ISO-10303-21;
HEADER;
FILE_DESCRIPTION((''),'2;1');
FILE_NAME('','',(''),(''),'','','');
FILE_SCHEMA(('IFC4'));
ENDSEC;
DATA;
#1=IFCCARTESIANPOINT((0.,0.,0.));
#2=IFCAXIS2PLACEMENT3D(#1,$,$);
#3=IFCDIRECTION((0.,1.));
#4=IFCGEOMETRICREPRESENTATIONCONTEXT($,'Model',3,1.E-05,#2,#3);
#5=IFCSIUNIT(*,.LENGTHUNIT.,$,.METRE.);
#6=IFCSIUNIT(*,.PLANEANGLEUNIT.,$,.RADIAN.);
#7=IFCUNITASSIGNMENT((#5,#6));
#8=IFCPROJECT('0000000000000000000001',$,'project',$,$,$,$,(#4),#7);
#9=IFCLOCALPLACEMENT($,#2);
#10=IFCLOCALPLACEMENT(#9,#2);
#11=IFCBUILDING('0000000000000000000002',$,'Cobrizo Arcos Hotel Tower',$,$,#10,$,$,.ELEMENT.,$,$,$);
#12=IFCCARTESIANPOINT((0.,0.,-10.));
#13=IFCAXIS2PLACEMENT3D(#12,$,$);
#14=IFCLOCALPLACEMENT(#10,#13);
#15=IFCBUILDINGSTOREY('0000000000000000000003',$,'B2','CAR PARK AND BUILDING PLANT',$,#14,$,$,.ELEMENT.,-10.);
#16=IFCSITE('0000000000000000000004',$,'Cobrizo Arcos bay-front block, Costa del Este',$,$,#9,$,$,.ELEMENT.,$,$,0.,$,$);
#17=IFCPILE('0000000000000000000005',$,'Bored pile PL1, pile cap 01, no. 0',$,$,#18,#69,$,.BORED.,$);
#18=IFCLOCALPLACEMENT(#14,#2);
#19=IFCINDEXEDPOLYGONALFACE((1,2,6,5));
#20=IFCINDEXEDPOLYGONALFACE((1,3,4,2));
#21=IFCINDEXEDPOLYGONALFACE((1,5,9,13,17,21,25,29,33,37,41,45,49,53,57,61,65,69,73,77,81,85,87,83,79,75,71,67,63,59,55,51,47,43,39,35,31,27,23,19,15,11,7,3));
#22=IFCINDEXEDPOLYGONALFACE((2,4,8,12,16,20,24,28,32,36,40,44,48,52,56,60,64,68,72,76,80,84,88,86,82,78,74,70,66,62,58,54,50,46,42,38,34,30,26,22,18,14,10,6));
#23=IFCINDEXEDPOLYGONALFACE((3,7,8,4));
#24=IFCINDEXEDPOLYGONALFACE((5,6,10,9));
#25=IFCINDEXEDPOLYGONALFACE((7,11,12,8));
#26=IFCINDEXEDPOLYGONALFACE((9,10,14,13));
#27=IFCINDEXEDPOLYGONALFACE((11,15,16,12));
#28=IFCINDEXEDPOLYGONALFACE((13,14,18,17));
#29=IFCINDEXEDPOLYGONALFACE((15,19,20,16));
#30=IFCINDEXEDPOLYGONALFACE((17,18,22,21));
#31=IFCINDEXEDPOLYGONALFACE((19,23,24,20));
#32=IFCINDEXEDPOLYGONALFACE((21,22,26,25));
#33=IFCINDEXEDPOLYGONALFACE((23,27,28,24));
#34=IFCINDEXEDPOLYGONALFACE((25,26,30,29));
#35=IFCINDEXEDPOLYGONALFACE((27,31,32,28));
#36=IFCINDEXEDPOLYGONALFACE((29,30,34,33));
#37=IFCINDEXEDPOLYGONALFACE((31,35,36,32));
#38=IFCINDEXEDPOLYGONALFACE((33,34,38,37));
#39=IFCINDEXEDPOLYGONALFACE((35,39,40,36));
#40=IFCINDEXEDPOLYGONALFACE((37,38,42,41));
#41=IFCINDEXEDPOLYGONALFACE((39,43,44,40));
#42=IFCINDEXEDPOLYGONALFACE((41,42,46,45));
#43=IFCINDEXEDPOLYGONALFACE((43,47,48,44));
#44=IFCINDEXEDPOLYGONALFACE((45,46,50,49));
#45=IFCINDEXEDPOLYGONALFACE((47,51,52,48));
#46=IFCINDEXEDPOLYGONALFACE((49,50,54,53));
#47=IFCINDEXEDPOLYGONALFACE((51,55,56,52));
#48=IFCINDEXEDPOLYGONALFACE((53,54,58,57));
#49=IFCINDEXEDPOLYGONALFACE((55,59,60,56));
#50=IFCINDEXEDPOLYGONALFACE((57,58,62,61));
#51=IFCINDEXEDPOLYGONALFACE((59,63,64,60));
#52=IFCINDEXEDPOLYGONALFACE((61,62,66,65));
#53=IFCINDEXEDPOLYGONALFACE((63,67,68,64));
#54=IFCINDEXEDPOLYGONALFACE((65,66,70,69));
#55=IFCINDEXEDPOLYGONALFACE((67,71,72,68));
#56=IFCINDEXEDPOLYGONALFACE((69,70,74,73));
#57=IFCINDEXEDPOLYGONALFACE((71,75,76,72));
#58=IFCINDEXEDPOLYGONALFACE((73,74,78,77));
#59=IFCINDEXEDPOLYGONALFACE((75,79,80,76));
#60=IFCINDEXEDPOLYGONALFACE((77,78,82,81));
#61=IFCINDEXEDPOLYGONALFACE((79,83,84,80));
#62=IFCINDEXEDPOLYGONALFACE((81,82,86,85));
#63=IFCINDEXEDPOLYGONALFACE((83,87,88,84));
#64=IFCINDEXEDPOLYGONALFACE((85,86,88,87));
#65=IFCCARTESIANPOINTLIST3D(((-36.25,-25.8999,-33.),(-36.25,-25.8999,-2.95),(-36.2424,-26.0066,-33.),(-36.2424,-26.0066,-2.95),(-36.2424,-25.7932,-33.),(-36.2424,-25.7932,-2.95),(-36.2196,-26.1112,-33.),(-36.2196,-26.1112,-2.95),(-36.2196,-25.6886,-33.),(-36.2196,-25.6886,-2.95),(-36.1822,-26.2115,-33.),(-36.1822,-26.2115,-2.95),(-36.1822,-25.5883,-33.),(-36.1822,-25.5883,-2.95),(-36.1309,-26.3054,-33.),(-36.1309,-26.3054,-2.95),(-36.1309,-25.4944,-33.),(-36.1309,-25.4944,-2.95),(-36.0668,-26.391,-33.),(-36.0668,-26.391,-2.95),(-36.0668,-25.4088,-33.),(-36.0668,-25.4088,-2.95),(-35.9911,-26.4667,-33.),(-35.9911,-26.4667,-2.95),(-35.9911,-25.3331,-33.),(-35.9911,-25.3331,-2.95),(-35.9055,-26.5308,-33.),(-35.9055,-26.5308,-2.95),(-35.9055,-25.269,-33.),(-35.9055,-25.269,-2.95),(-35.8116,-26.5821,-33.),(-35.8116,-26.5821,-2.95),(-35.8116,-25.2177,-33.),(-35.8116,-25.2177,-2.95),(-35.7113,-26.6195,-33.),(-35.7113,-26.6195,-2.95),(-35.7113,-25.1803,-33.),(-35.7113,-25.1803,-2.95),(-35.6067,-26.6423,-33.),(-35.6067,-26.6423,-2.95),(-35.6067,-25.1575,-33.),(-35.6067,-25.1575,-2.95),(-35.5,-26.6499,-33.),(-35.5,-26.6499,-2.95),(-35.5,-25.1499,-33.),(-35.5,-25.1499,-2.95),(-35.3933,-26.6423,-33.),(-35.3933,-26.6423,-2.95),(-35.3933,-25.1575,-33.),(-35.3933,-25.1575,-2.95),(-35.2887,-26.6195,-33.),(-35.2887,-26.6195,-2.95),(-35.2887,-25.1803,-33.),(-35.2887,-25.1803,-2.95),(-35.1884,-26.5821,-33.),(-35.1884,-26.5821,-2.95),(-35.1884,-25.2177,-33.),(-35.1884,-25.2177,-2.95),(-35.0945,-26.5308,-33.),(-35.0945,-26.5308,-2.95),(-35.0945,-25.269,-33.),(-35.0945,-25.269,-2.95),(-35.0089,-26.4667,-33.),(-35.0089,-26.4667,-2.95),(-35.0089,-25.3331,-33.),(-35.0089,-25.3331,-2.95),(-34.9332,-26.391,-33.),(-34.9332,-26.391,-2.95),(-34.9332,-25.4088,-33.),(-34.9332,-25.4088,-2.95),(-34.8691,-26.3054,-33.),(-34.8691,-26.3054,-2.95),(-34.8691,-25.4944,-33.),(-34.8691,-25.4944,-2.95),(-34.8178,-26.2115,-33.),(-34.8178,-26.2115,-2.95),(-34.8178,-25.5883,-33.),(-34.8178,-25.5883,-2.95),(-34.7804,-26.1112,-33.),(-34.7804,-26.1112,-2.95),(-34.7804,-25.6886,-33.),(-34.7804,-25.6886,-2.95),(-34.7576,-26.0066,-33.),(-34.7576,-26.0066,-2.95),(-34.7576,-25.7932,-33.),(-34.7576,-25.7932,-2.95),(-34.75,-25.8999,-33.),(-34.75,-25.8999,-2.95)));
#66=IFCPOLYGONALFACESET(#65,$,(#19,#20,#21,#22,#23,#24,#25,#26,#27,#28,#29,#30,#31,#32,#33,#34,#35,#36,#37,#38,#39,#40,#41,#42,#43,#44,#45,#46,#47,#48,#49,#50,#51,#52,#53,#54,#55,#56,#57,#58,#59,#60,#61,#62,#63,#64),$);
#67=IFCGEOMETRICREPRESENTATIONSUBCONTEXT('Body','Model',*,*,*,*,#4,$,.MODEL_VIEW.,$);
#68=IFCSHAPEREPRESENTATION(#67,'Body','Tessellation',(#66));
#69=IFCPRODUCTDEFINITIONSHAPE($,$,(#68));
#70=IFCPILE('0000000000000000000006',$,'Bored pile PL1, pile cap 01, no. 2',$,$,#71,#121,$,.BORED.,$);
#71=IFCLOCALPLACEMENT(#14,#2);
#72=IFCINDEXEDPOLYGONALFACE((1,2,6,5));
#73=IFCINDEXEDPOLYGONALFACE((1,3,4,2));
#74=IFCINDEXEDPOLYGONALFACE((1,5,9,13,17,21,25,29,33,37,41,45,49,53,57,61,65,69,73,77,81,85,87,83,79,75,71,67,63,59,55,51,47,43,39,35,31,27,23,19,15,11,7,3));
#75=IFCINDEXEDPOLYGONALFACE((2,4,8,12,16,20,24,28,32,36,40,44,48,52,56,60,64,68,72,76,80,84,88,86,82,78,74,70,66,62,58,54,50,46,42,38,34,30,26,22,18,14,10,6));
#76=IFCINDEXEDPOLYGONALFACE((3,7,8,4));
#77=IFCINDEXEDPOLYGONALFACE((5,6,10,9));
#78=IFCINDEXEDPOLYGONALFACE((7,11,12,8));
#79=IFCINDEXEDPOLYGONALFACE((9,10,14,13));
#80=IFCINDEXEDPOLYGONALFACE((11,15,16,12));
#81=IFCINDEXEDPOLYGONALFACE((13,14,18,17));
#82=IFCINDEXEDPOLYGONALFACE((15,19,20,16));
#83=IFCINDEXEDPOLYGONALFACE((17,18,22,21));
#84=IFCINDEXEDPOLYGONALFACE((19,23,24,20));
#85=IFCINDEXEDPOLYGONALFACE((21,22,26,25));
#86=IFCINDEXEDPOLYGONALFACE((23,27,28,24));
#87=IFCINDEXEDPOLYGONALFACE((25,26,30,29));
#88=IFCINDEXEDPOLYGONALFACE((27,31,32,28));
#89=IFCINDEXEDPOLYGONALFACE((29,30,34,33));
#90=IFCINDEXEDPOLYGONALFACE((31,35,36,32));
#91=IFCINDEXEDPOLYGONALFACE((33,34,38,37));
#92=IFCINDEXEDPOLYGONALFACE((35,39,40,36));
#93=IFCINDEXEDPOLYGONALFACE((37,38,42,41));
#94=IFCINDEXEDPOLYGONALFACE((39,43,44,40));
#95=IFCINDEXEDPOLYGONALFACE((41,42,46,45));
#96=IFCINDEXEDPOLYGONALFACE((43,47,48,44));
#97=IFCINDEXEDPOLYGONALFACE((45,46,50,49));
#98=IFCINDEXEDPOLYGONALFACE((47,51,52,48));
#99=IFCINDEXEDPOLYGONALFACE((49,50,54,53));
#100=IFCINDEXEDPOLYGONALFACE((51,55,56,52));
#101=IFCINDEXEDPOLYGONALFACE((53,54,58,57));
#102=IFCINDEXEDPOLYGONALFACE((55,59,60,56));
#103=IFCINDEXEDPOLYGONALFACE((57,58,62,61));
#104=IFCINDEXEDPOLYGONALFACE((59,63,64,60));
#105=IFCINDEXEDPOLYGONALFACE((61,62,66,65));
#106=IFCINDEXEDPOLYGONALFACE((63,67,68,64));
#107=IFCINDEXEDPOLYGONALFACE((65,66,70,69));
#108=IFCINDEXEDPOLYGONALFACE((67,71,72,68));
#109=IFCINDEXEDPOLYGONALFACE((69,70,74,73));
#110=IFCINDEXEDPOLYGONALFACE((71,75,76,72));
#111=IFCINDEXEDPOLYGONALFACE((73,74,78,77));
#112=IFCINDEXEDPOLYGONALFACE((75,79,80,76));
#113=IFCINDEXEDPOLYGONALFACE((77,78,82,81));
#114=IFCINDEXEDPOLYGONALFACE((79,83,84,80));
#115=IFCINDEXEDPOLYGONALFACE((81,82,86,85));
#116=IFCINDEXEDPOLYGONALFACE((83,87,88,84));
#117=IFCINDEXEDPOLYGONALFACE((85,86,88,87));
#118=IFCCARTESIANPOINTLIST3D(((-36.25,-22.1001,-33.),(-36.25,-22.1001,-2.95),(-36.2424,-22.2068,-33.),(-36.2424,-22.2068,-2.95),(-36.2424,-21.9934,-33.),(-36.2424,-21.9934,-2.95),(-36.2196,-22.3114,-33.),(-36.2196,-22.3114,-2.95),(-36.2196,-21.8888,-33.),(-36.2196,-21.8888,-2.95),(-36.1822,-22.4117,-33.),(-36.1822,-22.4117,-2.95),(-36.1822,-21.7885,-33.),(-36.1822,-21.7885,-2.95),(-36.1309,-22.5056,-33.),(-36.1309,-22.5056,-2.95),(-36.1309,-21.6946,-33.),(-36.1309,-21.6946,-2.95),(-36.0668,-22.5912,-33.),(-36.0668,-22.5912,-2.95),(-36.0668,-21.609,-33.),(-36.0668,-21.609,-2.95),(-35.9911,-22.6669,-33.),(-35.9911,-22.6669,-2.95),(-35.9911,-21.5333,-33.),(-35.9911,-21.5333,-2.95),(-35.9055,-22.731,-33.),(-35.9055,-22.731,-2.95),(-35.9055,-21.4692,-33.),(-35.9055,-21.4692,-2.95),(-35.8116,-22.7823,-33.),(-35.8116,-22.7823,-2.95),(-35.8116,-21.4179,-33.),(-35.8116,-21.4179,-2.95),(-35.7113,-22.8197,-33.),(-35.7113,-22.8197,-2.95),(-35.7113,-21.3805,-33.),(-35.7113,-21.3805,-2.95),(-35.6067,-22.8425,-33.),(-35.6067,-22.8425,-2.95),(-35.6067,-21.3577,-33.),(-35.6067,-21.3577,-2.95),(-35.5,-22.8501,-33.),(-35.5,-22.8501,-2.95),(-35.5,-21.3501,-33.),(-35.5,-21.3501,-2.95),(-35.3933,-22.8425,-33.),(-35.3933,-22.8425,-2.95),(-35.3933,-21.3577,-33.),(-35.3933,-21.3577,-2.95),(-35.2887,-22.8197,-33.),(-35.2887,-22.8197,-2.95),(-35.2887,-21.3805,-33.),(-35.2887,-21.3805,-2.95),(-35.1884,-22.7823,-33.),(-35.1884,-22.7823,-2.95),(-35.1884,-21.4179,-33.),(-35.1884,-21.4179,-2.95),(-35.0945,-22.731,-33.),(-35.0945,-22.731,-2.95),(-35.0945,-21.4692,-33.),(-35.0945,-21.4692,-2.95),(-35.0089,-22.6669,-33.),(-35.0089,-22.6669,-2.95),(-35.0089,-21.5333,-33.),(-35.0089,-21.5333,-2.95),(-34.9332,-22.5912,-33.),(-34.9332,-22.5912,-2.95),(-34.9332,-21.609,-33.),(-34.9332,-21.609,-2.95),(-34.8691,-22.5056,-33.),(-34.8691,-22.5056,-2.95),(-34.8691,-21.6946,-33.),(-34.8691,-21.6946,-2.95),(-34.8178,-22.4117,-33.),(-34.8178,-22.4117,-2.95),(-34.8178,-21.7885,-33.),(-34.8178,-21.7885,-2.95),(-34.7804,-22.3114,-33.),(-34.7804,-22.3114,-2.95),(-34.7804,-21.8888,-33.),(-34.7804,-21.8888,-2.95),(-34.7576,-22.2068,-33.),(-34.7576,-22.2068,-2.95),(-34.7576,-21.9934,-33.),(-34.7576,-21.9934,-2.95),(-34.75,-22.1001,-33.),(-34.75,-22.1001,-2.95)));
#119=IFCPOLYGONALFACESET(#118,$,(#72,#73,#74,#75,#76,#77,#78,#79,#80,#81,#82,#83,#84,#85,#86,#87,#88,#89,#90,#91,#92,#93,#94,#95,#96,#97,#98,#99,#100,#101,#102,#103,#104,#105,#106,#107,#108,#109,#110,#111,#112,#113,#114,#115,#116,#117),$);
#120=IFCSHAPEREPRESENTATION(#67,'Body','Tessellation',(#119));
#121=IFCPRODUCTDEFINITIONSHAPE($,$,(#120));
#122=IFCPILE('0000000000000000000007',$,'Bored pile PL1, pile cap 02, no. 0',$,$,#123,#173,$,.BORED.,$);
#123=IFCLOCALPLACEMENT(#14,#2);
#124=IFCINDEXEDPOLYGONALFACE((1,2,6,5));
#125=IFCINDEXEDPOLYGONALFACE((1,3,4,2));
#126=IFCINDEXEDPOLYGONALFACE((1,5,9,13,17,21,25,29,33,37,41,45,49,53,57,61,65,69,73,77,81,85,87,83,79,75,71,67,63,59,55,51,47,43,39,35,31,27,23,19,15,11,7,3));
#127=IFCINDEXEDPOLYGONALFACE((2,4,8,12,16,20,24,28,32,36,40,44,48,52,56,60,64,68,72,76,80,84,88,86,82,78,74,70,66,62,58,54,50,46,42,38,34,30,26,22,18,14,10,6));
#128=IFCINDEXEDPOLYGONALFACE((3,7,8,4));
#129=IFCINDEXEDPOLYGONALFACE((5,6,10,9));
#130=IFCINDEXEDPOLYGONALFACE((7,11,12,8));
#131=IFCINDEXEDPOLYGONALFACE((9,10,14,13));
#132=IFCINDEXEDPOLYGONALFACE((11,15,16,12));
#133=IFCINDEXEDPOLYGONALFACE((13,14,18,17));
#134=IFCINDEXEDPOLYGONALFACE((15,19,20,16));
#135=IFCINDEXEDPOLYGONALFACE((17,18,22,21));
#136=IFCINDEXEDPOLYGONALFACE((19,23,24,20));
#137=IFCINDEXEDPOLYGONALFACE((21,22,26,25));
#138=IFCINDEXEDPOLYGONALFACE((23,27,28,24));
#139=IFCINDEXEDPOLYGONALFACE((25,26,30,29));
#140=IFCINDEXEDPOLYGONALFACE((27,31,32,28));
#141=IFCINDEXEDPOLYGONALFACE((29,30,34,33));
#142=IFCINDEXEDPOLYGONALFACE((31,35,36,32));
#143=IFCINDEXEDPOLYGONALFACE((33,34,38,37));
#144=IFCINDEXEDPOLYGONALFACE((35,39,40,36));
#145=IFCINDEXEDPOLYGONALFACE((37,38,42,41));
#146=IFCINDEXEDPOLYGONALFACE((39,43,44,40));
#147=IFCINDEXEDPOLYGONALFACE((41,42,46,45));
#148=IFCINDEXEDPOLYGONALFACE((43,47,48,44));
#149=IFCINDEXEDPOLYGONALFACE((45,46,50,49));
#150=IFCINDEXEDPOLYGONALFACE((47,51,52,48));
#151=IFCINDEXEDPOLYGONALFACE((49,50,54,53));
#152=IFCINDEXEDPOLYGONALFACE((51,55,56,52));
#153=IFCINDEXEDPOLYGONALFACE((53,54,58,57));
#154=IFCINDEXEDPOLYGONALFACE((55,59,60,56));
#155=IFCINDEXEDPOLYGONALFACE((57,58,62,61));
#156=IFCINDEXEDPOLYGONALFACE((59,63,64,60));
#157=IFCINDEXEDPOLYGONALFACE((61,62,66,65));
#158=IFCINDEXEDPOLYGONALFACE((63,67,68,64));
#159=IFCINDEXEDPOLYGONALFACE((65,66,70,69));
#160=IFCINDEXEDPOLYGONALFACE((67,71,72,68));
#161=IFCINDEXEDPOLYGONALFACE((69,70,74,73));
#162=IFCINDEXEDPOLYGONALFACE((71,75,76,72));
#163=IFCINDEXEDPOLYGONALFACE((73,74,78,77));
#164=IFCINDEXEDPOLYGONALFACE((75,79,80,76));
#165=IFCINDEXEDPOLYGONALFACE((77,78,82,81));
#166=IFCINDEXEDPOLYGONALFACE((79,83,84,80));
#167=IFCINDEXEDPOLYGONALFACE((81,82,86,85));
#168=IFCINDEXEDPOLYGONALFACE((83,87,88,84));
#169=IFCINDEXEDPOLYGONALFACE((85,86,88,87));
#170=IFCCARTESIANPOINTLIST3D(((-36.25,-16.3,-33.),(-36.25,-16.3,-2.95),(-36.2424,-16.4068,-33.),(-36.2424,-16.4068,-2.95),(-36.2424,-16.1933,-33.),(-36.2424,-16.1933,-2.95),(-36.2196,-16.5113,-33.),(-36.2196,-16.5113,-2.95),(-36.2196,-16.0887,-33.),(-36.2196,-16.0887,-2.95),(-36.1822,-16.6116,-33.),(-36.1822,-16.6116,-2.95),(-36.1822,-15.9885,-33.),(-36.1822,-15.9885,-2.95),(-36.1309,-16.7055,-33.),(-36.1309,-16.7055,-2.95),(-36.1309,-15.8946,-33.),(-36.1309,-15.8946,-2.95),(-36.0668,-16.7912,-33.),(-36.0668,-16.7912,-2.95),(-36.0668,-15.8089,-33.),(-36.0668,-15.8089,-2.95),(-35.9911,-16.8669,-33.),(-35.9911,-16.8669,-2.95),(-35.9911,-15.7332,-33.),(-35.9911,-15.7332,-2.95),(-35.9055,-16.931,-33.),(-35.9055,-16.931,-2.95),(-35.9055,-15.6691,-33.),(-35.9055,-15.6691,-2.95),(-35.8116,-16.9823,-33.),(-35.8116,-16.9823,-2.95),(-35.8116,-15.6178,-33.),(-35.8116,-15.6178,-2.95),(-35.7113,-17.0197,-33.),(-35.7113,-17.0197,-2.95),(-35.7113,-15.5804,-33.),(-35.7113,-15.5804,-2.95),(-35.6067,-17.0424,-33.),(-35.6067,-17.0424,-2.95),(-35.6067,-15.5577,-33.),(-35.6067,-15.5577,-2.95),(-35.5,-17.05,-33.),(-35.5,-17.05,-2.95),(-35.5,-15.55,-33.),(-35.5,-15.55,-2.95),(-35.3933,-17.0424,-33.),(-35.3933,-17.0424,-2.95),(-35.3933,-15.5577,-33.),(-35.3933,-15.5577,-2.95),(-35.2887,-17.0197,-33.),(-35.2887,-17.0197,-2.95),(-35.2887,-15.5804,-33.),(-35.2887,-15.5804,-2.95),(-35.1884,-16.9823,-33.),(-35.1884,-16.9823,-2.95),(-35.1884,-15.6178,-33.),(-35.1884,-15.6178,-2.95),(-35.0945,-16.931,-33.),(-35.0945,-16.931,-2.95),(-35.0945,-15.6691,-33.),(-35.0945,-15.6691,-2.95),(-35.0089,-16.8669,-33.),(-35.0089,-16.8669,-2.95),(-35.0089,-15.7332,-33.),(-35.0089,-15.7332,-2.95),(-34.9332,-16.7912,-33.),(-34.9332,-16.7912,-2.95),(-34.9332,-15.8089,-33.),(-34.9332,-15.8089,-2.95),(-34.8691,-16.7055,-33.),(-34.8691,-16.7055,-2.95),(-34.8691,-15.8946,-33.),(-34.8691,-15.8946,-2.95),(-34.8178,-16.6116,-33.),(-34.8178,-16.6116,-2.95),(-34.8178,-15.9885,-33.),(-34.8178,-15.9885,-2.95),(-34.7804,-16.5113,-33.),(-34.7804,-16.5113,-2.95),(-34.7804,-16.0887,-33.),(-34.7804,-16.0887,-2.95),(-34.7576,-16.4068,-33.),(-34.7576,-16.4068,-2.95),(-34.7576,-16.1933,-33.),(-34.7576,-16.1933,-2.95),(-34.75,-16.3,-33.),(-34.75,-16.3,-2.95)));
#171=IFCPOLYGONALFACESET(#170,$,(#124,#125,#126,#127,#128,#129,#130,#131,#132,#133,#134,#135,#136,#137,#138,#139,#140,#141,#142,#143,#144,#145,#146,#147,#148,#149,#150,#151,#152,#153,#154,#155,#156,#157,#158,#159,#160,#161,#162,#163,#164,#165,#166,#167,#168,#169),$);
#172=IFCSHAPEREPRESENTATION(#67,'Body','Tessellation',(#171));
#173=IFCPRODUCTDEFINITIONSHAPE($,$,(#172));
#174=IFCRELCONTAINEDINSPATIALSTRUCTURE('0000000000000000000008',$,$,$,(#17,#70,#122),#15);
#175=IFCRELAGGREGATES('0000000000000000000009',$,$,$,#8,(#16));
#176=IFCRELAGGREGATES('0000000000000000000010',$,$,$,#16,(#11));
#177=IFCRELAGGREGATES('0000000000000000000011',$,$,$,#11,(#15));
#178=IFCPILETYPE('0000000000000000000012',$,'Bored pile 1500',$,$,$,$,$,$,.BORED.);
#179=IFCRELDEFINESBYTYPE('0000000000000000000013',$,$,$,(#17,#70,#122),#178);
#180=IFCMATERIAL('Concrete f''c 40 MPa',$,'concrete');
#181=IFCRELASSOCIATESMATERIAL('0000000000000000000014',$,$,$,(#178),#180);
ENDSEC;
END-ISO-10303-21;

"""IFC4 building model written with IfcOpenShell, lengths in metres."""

from ifc_helpers import new_model, si_unit, direction, frame, origin, origin_2d, place, context, subcontext, project, spatial, circle, extrude, material, material_profile, profile_set, type_object, element, save


model = new_model("IFC4")

# Units and contexts
model_context = context("Model", 3, precision=1e-05, world=origin(), true_north=direction((0.0, 1.0)))
body_context = subcontext(model_context, "Body", "Model", "MODEL_VIEW")
ifc_project = project(units=[si_unit("LENGTHUNIT", "METRE"), si_unit("PLANEANGLEUNIT", "RADIAN")], contexts=[model_context])

# Site, building, storey
site_placement = place(None, origin())
site = spatial("IfcSite", under=ifc_project, at=site_placement, Name="Cobrizo Arcos bay-front block, Costa del Este", CompositionType="ELEMENT", RefElevation=0.0)
building_placement = place(site_placement, origin())
building = spatial("IfcBuilding", under=site, at=building_placement, Name="Cobrizo Arcos Hotel Tower", CompositionType="ELEMENT")
storey_placement = place(building_placement, frame((0.0, 0.0, -10.0)))
storey = spatial("IfcBuildingStorey", under=building, at=storey_placement, Name="B2", Description="CAR PARK AND BUILDING PLANT", CompositionType="ELEMENT", Elevation=-10.0)

# Piles
ifc_material_1 = material(Name="Concrete f'c 40 MPa", Category="concrete")
ifc_material_profile = material_profile(ifc_material_1, circle(Radius=0.75, at=origin_2d()), Name="BORED PILE 1500")
ifc_profile_set = profile_set([ifc_material_profile], Name="Concrete f'c 40 MPa")
pile_type = type_object("IfcPileType", Name="Bored pile 1500", PredefinedType="BORED", material=ifc_profile_set)
for number, where, z_axis, x_axis, name in (
    (1, (-35.5, -25.8999, -2.95), (0.0, 0.0, -1.0), (1.0, 0.0, 0.0), "Bored pile PL1, pile cap 01, no. 0"),
    (2, (-35.5, -22.1001, -2.95), (0.0, 0.0, -1.0), (1.0, 0.0, 0.0), "Bored pile PL1, pile cap 01, no. 2"),
    (3, (-35.5, -16.3, -2.95), (0.0, 0.0, -1.0), (1.0, 0.0, 0.0), "Bored pile PL1, pile cap 02, no. 0"),
):
    element("IfcPile", number, at=place(storey_placement, frame(where, z_axis=z_axis, x_axis=x_axis)), inside=storey, type_object=pile_type, Name=name, PredefinedType="BORED", context=body_context, shape_type="SweptSolid", body=[
        extrude(circle(Radius=0.75, at=origin_2d()), origin(), (0.0, 0.0, 1.0), 30.05),
    ])

save(model, "model.ifc")
